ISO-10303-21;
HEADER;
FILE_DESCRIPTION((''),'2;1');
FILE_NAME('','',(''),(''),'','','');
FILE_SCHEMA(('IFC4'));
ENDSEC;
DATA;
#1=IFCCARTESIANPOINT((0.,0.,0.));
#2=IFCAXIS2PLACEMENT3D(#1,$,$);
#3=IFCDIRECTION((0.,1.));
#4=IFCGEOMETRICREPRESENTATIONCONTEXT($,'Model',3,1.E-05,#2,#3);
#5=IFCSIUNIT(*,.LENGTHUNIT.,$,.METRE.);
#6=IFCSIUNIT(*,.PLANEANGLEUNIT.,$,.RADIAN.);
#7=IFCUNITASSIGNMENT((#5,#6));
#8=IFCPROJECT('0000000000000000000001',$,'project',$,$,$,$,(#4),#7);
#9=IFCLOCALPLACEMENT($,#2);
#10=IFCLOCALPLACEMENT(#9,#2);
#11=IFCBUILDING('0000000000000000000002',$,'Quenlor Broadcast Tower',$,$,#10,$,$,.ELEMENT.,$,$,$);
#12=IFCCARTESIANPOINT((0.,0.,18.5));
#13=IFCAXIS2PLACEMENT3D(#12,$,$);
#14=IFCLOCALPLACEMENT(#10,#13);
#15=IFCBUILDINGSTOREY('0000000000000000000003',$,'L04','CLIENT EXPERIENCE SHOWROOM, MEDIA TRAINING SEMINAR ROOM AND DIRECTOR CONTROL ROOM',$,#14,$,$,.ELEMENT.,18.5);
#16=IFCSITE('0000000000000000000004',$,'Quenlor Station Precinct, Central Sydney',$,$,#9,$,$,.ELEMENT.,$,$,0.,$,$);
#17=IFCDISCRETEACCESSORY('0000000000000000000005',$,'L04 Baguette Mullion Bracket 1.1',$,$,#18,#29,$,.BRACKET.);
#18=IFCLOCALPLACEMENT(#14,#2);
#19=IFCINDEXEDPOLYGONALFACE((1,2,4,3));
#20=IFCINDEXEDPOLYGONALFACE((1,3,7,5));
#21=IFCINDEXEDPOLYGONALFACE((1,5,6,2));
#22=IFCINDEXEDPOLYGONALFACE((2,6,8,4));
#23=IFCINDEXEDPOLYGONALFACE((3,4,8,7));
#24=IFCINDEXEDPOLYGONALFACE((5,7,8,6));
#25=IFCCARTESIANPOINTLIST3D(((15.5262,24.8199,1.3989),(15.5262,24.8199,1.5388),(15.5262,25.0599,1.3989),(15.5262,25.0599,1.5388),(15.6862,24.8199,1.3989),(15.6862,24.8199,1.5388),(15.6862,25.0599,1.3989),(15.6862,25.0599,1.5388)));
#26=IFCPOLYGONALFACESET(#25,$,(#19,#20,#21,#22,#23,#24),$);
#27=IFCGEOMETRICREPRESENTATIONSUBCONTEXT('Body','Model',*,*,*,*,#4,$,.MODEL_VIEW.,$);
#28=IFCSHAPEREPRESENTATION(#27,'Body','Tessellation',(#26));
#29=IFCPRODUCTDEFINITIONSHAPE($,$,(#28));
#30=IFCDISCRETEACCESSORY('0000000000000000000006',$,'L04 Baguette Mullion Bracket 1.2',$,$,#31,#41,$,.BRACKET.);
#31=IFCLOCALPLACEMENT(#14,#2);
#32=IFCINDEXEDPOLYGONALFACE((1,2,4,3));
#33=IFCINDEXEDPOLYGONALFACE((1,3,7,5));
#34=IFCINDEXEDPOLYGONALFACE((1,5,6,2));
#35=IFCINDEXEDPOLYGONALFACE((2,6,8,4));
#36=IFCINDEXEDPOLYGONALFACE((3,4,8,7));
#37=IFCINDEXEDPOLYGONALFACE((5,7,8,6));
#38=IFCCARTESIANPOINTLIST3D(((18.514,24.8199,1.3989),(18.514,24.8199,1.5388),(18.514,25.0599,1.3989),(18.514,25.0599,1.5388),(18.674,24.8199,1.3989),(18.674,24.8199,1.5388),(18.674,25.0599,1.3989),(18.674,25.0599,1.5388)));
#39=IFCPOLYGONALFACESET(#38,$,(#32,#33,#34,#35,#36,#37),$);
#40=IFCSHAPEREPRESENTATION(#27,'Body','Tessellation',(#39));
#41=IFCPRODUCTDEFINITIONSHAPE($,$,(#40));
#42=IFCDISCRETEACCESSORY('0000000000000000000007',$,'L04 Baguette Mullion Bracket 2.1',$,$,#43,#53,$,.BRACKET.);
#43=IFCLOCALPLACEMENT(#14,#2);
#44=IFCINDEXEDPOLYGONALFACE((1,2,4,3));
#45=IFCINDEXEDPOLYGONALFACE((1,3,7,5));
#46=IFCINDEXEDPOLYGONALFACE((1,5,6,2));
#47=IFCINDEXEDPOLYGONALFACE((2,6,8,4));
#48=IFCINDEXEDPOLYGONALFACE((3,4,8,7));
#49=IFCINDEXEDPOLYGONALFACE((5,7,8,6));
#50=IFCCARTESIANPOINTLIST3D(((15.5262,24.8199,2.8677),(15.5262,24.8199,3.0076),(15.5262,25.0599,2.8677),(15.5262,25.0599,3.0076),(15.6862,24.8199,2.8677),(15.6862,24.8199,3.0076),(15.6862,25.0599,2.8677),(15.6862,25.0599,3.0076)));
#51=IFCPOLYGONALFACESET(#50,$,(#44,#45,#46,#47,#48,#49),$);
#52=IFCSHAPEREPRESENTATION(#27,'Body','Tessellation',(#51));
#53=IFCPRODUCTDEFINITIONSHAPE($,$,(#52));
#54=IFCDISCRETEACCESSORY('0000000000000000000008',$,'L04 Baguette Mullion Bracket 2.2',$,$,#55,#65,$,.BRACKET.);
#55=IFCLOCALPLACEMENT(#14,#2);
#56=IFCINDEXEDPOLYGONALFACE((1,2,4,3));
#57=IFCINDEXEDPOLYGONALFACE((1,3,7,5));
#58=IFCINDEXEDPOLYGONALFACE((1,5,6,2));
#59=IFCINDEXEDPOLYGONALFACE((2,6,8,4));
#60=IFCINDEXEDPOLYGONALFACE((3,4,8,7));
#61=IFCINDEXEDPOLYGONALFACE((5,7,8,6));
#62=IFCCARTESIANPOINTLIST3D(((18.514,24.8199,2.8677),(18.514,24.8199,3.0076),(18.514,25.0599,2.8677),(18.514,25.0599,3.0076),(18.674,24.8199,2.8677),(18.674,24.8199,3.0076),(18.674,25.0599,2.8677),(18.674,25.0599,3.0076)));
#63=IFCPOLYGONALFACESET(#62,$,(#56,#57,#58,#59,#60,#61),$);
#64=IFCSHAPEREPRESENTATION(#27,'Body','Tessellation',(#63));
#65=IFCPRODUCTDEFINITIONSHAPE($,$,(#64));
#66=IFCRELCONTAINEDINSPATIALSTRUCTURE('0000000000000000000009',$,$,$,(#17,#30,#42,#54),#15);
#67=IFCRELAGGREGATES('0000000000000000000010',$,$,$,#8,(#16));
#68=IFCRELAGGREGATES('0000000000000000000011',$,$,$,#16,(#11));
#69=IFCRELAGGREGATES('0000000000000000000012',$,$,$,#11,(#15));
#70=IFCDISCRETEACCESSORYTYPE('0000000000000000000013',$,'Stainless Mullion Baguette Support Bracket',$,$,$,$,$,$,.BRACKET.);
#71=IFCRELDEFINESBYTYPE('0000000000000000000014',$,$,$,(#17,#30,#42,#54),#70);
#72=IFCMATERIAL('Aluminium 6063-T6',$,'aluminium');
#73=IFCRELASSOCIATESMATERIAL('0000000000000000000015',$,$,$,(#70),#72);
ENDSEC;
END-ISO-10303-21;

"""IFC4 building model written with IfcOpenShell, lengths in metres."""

from ifc_helpers import new_model, si_unit, direction, frame, origin, origin_2d, place, context, subcontext, project, spatial, rectangle, extrude, material, type_object, element, save


model = new_model("IFC4")

# Units and contexts
model_context = context("Model", 3, precision=1e-05, world=origin(), true_north=direction((0.0, 1.0)))
body_context = subcontext(model_context, "Body", "Model", "MODEL_VIEW")
ifc_project = project(units=[si_unit("LENGTHUNIT", "METRE"), si_unit("PLANEANGLEUNIT", "RADIAN")], contexts=[model_context])

# Site, building, storey
site_placement = place(None, origin())
site = spatial("IfcSite", under=ifc_project, at=site_placement, Name="Quenlor Station Precinct, Central Sydney", CompositionType="ELEMENT", RefElevation=0.0)
building_placement = place(site_placement, origin())
building = spatial("IfcBuilding", under=site, at=building_placement, Name="Quenlor Broadcast Tower", CompositionType="ELEMENT")
storey_placement = place(building_placement, frame((0.0, 0.0, 18.5)))
storey = spatial("IfcBuildingStorey", under=building, at=storey_placement, Name="L04", Description="CLIENT EXPERIENCE SHOWROOM, MEDIA TRAINING SEMINAR ROOM AND DIRECTOR CONTROL ROOM", CompositionType="ELEMENT", Elevation=18.5)

# Discrete accessories
ifc_material_1 = material(Name="Aluminium 6063-T6", Category="aluminium")
discrete_accessory_type = type_object("IfcDiscreteAccessoryType", Name="Stainless Mullion Baguette Support Bracket", PredefinedType="BRACKET", material=ifc_material_1)
for number, where, z_axis, x_axis, name in (
    (1, (15.6062, 24.9399, 1.3989), (0.0, 0.0, 1.0), (1.0, 0.0, 0.0), "L04 Baguette Mullion Bracket 1.1"),
    (2, (18.594, 24.9399, 1.3989), (0.0, 0.0, 1.0), (1.0, 0.0, 0.0), "L04 Baguette Mullion Bracket 1.2"),
    (3, (15.6062, 24.9399, 2.8677), (0.0, 0.0, 1.0), (1.0, 0.0, 0.0), "L04 Baguette Mullion Bracket 2.1"),
    (4, (18.594, 24.9399, 2.8677), (0.0, 0.0, 1.0), (1.0, 0.0, 0.0), "L04 Baguette Mullion Bracket 2.2"),
):
    element("IfcDiscreteAccessory", number, at=place(storey_placement, frame(where, z_axis=z_axis, x_axis=x_axis)), inside=storey, type_object=discrete_accessory_type, Name=name, PredefinedType="BRACKET", context=body_context, shape_type="SweptSolid", body=[
        extrude(rectangle(XDim=0.1599, YDim=0.24, at=origin_2d()), origin(), (0.0, 0.0, 1.0), 0.1399),
    ])

save(model, "model.ifc")
